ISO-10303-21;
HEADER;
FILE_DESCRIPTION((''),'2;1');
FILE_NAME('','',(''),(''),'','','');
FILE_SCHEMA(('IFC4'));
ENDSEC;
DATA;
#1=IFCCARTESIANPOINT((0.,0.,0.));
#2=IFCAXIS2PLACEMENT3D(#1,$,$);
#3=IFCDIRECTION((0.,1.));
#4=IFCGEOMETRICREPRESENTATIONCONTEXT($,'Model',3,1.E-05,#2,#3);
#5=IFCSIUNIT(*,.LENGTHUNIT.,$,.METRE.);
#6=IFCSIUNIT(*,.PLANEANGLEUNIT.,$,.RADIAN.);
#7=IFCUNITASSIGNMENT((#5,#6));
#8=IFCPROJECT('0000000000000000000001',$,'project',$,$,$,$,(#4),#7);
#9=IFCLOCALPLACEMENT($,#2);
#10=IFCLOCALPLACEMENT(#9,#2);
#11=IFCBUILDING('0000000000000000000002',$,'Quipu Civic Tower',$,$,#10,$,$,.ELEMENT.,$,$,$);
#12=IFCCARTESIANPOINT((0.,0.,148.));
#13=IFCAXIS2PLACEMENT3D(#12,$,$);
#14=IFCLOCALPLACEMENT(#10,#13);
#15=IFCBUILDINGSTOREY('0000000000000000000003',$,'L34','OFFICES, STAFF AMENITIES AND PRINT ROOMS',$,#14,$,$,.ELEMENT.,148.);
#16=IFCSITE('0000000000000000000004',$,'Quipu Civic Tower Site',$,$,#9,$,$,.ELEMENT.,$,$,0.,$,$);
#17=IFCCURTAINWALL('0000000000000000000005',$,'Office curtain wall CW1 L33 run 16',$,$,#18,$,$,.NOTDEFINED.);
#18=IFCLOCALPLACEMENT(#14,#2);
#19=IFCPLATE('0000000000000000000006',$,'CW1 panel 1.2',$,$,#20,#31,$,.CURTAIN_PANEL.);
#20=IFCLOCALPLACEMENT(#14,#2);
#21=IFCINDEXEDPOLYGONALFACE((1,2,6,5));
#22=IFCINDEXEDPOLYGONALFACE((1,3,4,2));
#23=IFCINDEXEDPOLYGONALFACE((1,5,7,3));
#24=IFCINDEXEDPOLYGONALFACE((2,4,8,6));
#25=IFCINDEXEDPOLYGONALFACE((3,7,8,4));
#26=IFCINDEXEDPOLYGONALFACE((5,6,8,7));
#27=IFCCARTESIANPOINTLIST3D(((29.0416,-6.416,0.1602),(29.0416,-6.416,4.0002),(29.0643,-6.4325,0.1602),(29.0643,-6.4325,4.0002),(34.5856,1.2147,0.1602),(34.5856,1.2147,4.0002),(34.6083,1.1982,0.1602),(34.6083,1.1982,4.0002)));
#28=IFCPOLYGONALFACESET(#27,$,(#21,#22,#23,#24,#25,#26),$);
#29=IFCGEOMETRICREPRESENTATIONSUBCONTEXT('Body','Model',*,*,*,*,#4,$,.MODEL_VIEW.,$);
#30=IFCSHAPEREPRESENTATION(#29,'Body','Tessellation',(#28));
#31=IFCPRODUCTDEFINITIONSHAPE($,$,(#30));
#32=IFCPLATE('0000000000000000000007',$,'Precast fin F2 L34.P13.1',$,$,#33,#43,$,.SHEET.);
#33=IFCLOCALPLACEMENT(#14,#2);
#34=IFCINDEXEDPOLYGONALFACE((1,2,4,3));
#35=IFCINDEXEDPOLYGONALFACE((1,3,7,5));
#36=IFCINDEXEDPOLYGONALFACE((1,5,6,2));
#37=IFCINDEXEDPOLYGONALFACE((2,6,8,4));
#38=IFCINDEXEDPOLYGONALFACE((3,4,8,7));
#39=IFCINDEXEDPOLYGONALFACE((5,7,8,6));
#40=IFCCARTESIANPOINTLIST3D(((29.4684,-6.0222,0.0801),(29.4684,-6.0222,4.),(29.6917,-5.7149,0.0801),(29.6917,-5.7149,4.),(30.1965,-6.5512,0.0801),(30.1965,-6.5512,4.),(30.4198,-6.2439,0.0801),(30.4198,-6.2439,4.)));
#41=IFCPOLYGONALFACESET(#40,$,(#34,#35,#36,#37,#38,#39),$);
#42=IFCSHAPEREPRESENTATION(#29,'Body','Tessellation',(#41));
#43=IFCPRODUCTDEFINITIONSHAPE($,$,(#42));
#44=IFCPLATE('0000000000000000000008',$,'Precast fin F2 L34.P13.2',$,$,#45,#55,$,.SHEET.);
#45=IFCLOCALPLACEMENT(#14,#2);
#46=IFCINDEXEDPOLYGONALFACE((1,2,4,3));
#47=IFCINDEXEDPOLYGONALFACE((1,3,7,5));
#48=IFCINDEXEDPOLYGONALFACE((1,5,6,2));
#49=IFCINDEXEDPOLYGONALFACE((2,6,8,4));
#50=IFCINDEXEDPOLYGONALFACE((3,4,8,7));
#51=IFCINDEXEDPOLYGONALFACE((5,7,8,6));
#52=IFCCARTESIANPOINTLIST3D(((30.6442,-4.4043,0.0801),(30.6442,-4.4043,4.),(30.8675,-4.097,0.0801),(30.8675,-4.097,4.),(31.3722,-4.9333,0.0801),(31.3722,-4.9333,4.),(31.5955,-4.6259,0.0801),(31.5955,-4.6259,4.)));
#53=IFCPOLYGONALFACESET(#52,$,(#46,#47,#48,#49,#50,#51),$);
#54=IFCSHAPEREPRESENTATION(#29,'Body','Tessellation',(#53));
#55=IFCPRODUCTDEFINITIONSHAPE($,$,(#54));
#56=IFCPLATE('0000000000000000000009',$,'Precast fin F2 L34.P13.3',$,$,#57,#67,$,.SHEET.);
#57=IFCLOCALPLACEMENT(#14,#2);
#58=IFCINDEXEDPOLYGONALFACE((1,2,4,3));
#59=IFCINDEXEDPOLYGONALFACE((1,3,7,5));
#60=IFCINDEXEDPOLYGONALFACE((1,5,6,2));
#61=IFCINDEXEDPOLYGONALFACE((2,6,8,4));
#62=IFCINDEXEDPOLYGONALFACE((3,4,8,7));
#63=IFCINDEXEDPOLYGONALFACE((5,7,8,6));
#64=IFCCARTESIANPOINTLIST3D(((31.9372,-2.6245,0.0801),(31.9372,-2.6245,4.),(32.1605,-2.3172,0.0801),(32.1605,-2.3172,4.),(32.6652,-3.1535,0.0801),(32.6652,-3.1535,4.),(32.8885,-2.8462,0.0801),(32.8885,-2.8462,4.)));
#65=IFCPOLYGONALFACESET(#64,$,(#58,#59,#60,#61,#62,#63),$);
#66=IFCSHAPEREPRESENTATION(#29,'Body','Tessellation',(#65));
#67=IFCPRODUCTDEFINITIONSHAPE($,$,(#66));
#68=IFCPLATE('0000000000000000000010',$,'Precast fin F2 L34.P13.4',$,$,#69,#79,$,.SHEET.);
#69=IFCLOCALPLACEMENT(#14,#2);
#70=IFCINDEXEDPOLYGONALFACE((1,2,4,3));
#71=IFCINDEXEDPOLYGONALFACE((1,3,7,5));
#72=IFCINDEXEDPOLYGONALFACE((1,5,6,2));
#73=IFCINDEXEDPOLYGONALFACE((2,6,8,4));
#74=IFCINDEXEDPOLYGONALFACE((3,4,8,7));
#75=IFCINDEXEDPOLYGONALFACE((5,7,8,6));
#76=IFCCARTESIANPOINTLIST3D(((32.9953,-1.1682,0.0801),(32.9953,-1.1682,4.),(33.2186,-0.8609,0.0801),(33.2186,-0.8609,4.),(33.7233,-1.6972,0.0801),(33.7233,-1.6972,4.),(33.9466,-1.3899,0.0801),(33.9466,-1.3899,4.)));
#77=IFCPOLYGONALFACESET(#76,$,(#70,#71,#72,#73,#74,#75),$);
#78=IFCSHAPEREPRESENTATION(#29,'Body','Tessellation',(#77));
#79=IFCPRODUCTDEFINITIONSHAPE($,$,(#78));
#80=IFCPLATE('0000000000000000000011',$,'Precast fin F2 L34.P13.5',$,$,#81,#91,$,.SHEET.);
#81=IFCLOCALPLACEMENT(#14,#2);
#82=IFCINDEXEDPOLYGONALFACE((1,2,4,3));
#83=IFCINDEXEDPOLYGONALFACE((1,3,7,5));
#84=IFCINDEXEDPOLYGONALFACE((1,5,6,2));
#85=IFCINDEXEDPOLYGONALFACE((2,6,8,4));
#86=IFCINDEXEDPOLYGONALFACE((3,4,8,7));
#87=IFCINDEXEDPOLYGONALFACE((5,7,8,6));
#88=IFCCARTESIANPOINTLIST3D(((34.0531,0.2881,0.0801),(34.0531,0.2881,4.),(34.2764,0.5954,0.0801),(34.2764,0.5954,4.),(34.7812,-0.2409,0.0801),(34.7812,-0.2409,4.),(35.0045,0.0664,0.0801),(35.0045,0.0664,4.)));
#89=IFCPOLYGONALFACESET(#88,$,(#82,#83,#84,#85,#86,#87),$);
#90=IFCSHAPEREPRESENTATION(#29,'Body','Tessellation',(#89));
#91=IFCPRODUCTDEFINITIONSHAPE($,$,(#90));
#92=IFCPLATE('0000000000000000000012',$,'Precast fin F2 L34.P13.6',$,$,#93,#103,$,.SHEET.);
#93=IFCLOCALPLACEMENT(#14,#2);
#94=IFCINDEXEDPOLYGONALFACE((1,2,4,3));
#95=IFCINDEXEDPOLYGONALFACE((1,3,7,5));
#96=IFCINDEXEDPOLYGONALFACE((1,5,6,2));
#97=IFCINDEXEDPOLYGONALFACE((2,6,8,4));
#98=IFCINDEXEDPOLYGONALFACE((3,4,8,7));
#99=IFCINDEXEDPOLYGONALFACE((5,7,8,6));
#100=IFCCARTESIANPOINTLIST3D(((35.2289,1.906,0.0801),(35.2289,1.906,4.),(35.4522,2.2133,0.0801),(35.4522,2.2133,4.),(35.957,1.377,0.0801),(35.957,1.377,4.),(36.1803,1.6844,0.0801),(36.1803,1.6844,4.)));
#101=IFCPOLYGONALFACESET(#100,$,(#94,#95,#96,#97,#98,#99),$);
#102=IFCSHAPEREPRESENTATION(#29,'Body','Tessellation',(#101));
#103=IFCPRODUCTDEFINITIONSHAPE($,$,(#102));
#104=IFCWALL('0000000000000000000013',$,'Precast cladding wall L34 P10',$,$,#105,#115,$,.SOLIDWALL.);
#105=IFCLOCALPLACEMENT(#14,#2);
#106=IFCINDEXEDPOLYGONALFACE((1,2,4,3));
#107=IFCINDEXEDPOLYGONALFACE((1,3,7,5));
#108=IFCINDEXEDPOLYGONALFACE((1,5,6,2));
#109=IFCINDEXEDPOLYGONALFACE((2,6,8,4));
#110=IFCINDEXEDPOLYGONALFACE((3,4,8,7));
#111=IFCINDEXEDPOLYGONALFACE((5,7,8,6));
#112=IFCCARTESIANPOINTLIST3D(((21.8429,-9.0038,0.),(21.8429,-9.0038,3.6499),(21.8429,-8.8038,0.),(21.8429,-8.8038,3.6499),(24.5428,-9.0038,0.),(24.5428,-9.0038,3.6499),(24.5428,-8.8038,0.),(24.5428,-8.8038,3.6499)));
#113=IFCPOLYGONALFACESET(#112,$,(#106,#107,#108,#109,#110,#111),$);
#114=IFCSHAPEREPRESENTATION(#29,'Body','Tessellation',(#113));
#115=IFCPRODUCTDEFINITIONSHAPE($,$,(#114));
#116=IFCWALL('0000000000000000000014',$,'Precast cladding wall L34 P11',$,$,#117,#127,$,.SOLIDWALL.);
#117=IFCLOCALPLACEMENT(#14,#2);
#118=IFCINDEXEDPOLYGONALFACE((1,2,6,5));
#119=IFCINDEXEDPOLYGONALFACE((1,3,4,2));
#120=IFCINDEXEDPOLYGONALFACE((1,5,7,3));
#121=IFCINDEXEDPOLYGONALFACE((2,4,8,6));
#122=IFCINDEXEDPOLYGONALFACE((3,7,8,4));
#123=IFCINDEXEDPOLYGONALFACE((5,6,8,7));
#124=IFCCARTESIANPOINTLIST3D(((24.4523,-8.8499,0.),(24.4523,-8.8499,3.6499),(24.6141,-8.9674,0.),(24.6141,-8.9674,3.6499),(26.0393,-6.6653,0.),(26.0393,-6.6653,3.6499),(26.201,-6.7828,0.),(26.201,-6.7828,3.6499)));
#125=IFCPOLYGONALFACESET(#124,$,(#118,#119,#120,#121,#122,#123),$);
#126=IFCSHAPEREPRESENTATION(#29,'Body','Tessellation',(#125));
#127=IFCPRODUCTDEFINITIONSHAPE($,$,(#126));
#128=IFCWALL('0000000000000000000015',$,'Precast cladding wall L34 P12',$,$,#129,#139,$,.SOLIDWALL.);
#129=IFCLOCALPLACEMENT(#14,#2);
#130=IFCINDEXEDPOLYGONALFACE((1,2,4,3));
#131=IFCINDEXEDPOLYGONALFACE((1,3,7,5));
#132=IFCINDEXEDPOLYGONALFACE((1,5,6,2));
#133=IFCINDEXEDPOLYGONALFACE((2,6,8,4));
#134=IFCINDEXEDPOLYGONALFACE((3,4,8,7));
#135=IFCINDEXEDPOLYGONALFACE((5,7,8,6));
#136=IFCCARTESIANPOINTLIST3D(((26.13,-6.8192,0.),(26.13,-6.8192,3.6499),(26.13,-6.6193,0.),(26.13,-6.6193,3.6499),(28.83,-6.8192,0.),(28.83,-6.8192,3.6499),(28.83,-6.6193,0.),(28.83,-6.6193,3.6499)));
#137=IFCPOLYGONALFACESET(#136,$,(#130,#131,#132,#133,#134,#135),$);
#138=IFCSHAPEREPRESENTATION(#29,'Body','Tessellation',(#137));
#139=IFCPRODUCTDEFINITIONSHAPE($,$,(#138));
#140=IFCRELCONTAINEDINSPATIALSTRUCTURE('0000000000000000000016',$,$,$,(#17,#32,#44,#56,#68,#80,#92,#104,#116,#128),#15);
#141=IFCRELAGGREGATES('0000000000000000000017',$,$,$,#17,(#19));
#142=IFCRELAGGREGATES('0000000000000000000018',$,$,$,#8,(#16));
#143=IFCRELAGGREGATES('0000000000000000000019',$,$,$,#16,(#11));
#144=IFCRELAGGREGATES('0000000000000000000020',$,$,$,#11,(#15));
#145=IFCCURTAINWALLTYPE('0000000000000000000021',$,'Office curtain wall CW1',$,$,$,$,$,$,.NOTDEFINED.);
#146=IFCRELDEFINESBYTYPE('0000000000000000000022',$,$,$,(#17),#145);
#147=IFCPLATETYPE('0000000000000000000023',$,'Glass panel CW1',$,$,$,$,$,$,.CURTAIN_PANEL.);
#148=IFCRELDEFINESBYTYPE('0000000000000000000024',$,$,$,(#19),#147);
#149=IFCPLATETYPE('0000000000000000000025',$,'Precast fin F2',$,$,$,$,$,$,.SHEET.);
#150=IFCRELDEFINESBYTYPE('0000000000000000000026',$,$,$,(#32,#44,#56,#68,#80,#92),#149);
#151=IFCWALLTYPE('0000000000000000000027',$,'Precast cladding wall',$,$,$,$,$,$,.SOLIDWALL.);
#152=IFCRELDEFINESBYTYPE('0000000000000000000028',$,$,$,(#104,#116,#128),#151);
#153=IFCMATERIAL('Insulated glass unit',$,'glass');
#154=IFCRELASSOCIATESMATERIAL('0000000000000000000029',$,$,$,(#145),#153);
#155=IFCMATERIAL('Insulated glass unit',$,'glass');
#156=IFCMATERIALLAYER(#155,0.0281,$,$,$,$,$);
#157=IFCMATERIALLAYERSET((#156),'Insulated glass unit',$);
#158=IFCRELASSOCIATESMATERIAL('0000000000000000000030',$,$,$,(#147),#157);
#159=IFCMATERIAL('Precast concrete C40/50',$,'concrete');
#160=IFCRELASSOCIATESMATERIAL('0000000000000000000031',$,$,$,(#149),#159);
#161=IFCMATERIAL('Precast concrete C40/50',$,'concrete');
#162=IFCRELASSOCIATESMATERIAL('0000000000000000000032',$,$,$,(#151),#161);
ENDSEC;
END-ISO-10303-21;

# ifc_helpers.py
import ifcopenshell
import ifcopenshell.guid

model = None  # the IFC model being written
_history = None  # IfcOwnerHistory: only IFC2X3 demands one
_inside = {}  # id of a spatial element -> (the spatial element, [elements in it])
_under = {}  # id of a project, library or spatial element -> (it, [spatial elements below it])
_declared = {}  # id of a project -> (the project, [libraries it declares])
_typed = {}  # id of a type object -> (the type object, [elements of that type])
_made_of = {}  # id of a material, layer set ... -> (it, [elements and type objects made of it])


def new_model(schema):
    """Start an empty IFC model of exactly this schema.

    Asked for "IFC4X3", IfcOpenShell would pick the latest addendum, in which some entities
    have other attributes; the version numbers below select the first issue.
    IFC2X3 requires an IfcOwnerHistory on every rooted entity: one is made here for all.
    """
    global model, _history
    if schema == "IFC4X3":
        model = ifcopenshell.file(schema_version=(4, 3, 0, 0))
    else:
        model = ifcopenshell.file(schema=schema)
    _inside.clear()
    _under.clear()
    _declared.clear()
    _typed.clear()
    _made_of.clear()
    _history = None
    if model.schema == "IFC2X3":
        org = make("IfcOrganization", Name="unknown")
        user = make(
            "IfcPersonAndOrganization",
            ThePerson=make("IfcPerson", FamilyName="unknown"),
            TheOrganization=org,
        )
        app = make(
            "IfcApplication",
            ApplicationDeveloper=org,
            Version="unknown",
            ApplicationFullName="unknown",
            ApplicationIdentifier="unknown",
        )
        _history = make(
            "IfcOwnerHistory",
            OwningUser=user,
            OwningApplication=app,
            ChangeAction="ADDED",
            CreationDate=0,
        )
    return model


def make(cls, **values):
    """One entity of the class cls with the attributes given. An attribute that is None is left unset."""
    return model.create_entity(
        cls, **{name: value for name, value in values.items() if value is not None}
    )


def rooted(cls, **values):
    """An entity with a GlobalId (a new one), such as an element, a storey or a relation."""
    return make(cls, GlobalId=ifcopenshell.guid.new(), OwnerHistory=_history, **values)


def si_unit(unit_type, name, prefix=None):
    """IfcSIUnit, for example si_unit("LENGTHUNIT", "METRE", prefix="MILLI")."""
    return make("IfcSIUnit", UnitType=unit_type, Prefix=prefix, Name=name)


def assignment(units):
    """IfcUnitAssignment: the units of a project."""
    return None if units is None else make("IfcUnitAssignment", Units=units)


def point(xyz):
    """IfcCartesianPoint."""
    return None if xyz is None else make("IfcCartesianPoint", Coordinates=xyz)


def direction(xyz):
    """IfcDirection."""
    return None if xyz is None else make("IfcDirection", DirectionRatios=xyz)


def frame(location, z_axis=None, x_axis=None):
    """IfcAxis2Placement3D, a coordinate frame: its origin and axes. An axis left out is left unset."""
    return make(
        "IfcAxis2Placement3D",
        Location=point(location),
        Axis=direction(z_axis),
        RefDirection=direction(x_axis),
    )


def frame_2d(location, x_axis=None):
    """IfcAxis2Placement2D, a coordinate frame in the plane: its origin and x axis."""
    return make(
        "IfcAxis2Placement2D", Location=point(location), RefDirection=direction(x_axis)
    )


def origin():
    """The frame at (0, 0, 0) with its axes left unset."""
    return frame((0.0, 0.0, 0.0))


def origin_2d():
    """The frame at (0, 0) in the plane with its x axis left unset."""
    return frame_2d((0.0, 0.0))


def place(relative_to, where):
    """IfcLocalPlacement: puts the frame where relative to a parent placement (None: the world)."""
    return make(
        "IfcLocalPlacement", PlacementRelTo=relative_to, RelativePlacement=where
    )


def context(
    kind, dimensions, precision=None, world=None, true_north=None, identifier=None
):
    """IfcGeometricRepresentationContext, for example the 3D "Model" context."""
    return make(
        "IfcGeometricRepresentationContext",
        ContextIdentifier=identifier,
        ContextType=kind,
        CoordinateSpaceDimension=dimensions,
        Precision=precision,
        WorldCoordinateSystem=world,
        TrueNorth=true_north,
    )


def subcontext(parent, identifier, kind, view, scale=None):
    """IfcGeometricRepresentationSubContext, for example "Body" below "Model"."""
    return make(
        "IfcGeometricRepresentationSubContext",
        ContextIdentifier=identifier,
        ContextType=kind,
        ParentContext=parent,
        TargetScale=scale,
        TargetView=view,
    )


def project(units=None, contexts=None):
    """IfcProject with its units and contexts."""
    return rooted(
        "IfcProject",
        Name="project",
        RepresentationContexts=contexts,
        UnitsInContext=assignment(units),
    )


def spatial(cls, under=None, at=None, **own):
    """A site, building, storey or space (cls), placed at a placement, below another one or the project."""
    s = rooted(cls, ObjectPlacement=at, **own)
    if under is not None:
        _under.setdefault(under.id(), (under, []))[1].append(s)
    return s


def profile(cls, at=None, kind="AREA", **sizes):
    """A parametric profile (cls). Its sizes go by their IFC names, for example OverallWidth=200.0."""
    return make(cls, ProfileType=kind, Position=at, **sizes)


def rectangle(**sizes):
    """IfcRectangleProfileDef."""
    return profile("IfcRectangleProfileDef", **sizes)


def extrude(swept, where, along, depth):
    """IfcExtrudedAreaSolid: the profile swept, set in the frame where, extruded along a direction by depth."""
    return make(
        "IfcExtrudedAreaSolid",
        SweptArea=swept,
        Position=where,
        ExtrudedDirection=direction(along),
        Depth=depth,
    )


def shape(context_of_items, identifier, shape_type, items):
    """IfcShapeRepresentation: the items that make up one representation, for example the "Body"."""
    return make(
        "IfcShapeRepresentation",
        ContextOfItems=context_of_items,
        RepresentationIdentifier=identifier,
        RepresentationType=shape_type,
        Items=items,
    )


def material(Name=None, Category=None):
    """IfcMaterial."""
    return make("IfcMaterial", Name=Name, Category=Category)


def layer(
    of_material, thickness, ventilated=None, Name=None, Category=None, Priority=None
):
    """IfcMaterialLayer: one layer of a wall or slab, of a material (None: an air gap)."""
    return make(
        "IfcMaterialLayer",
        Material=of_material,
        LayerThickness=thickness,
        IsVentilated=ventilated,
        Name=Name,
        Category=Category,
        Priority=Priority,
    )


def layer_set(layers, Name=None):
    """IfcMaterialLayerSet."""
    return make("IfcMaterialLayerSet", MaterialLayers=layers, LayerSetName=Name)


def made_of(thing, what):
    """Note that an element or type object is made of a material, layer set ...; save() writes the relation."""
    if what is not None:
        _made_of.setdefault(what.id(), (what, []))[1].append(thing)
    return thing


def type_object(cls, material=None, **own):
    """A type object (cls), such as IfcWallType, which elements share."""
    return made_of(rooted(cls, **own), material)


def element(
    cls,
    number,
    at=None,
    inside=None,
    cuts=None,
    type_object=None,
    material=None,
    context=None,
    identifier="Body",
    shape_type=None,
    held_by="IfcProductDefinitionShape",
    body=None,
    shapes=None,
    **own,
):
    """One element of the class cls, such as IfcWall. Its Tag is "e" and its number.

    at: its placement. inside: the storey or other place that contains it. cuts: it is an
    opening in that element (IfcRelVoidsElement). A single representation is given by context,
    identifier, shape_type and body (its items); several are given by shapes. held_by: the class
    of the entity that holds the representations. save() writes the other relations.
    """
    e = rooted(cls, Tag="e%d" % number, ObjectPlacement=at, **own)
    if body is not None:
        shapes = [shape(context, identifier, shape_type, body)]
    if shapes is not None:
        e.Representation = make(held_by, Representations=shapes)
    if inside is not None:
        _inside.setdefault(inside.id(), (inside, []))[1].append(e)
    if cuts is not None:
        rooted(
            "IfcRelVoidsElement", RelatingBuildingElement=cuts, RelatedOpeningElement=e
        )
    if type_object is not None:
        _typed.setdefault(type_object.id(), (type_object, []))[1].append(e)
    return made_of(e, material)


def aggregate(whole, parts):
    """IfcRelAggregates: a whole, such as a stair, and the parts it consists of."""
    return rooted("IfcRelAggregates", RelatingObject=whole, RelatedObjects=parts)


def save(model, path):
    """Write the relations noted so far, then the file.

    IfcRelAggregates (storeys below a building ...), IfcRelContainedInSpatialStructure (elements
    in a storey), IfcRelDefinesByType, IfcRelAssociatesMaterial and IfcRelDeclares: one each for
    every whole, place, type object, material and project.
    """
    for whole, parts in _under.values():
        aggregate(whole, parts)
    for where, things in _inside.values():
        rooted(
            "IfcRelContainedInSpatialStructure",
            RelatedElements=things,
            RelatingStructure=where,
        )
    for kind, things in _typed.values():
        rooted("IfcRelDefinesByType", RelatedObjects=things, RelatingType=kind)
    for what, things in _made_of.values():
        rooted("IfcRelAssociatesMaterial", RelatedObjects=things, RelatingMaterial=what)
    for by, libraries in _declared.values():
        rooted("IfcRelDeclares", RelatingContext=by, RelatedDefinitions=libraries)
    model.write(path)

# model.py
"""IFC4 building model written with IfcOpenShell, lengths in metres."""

from ifc_helpers import new_model, si_unit, direction, frame, frame_2d, origin, origin_2d, place, context, subcontext, project, spatial, rectangle, extrude, material, layer, layer_set, type_object, element, aggregate, save


model = new_model("IFC4")

# Units and contexts
model_context = context("Model", 3, precision=1e-05, world=origin(), true_north=direction((0.0, 1.0)))
body_context = subcontext(model_context, "Body", "Model", "MODEL_VIEW")
ifc_project = project(units=[si_unit("LENGTHUNIT", "METRE"), si_unit("PLANEANGLEUNIT", "RADIAN")], contexts=[model_context])

# Site, building, storey
site_placement = place(None, origin())
site = spatial("IfcSite", under=ifc_project, at=site_placement, Name="Quipu Civic Tower Site", CompositionType="ELEMENT", RefElevation=0.0)
building_placement = place(site_placement, origin())
building = spatial("IfcBuilding", under=site, at=building_placement, Name="Quipu Civic Tower", CompositionType="ELEMENT")
storey_placement = place(building_placement, frame((0.0, 0.0, 148.0)))
storey = spatial("IfcBuildingStorey", under=building, at=storey_placement, Name="L34", Description="OFFICES, STAFF AMENITIES AND PRINT ROOMS", CompositionType="ELEMENT", Elevation=148.0)

# Curtain wall
ifc_material_1 = material(Name="Insulated glass unit", Category="glass")
curtain_wall_type = type_object("IfcCurtainWallType", Name="Office curtain wall CW1", PredefinedType="NOTDEFINED", material=ifc_material_1)
curtain_wall_placement = place(storey_placement, origin())
curtain_wall = element("IfcCurtainWall", 1, at=curtain_wall_placement, inside=storey, type_object=curtain_wall_type, Name="Office curtain wall CW1 L33 run 16", PredefinedType="NOTDEFINED")

# Plate
ifc_material_2 = material(Name="Insulated glass unit", Category="glass")
ifc_layer = layer(ifc_material_2, 0.0281)
ifc_layer_set = layer_set([ifc_layer], Name="Insulated glass unit")
plate_type_1 = type_object("IfcPlateType", Name="Glass panel CW1", PredefinedType="CURTAIN_PANEL", material=ifc_layer_set)
plate_placement = place(storey_placement, frame((31.825, -2.6089, 0.1602), z_axis=(0.0, 0.0, 1.0), x_axis=(0.587786, 0.809017, 0.0)))
plate = element("IfcPlate", 2, at=plate_placement, type_object=plate_type_1, Name="CW1 panel 1.2", PredefinedType="CURTAIN_PANEL", context=body_context, shape_type="SweptSolid", body=[
    extrude(rectangle(XDim=9.4321, YDim=0.0281, at=origin_2d()), origin(), (0.0, 0.0, 1.0), 3.8401),
])
aggregate(curtain_wall, [plate])

# Plates
ifc_material_3 = material(Name="Precast concrete C40/50", Category="concrete")
plate_type_2 = type_object("IfcPlateType", Name="Precast fin F2", PredefinedType="SHEET", material=ifc_material_3)
for number, where, z_axis, x_axis, name in (
    (3, (29.9441, -6.1331, 0.0801), (0.0, 0.0, 1.0), (0.587786, 0.809017, 0.0), "Precast fin F2 L34.P13.1"),
    (4, (31.1199, -4.5151, 0.0801), (0.0, 0.0, 1.0), (0.587786, 0.809017, 0.0), "Precast fin F2 L34.P13.2"),
    (5, (32.4128, -2.7354, 0.0801), (0.0, 0.0, 1.0), (0.587786, 0.809017, 0.0), "Precast fin F2 L34.P13.3"),
    (6, (33.4709, -1.2791, 0.0801), (0.0, 0.0, 1.0), (0.587786, 0.809017, 0.0), "Precast fin F2 L34.P13.4"),
    (7, (34.5288, 0.1772, 0.0801), (0.0, 0.0, 1.0), (0.587786, 0.809017, 0.0), "Precast fin F2 L34.P13.5"),
    (8, (35.7046, 1.7952, 0.0801), (0.0, 0.0, 1.0), (0.587786, 0.809017, 0.0), "Precast fin F2 L34.P13.6"),
):
    element("IfcPlate", number, at=place(storey_placement, frame(where, z_axis=z_axis, x_axis=x_axis)), inside=storey, type_object=plate_type_2, Name=name, PredefinedType="SHEET", context=body_context, shape_type="SweptSolid", body=[
        extrude(rectangle(XDim=0.3799, YDim=0.8999, at=origin_2d()), origin(), (0.0, 0.0, 1.0), 3.9199),
    ])

# Walls
ifc_material_4 = material(Name="Precast concrete C40/50", Category="concrete")
wall_type = type_object("IfcWallType", Name="Precast cladding wall", PredefinedType="SOLIDWALL", material=ifc_material_4)
wall_1_placement = place(storey_placement, frame((21.8428, -8.9038, 0.0), z_axis=(0.0, 0.0, 1.0), x_axis=(1.0, 0.0, 0.0)))
element("IfcWall", 9, at=wall_1_placement, inside=storey, type_object=wall_type, Name="Precast cladding wall L34 P10", PredefinedType="SOLIDWALL", context=body_context, shape_type="SweptSolid", body=[
    extrude(rectangle(XDim=2.7, YDim=0.2, at=frame_2d((1.3501, 0.0))), origin(), (0.0, 0.0, 1.0), 3.6499),
])
wall_2_placement = place(storey_placement, frame((24.5332, -8.9087, 0.0), z_axis=(0.0, 0.0, 1.0), x_axis=(0.58772, 0.809064, 0.0)))
element("IfcWall", 10, at=wall_2_placement, inside=storey, type_object=wall_type, Name="Precast cladding wall L34 P11", PredefinedType="SOLIDWALL", context=body_context, shape_type="SweptSolid", body=[
    extrude(rectangle(XDim=2.7002, YDim=0.2, at=frame_2d((1.3501, 0.0))), origin(), (0.0, 0.0, 1.0), 3.6499),
])
wall_3_placement = place(storey_placement, frame((26.1299, -6.7192, 0.0), z_axis=(0.0, 0.0, 1.0), x_axis=(1.0, 0.0, 0.0)))
element("IfcWall", 11, at=wall_3_placement, inside=storey, type_object=wall_type, Name="Precast cladding wall L34 P12", PredefinedType="SOLIDWALL", context=body_context, shape_type="SweptSolid", body=[
    extrude(rectangle(XDim=2.7, YDim=0.2, at=frame_2d((1.3501, 0.0))), origin(), (0.0, 0.0, 1.0), 3.6499),
])

save(model, "model.ifc")
